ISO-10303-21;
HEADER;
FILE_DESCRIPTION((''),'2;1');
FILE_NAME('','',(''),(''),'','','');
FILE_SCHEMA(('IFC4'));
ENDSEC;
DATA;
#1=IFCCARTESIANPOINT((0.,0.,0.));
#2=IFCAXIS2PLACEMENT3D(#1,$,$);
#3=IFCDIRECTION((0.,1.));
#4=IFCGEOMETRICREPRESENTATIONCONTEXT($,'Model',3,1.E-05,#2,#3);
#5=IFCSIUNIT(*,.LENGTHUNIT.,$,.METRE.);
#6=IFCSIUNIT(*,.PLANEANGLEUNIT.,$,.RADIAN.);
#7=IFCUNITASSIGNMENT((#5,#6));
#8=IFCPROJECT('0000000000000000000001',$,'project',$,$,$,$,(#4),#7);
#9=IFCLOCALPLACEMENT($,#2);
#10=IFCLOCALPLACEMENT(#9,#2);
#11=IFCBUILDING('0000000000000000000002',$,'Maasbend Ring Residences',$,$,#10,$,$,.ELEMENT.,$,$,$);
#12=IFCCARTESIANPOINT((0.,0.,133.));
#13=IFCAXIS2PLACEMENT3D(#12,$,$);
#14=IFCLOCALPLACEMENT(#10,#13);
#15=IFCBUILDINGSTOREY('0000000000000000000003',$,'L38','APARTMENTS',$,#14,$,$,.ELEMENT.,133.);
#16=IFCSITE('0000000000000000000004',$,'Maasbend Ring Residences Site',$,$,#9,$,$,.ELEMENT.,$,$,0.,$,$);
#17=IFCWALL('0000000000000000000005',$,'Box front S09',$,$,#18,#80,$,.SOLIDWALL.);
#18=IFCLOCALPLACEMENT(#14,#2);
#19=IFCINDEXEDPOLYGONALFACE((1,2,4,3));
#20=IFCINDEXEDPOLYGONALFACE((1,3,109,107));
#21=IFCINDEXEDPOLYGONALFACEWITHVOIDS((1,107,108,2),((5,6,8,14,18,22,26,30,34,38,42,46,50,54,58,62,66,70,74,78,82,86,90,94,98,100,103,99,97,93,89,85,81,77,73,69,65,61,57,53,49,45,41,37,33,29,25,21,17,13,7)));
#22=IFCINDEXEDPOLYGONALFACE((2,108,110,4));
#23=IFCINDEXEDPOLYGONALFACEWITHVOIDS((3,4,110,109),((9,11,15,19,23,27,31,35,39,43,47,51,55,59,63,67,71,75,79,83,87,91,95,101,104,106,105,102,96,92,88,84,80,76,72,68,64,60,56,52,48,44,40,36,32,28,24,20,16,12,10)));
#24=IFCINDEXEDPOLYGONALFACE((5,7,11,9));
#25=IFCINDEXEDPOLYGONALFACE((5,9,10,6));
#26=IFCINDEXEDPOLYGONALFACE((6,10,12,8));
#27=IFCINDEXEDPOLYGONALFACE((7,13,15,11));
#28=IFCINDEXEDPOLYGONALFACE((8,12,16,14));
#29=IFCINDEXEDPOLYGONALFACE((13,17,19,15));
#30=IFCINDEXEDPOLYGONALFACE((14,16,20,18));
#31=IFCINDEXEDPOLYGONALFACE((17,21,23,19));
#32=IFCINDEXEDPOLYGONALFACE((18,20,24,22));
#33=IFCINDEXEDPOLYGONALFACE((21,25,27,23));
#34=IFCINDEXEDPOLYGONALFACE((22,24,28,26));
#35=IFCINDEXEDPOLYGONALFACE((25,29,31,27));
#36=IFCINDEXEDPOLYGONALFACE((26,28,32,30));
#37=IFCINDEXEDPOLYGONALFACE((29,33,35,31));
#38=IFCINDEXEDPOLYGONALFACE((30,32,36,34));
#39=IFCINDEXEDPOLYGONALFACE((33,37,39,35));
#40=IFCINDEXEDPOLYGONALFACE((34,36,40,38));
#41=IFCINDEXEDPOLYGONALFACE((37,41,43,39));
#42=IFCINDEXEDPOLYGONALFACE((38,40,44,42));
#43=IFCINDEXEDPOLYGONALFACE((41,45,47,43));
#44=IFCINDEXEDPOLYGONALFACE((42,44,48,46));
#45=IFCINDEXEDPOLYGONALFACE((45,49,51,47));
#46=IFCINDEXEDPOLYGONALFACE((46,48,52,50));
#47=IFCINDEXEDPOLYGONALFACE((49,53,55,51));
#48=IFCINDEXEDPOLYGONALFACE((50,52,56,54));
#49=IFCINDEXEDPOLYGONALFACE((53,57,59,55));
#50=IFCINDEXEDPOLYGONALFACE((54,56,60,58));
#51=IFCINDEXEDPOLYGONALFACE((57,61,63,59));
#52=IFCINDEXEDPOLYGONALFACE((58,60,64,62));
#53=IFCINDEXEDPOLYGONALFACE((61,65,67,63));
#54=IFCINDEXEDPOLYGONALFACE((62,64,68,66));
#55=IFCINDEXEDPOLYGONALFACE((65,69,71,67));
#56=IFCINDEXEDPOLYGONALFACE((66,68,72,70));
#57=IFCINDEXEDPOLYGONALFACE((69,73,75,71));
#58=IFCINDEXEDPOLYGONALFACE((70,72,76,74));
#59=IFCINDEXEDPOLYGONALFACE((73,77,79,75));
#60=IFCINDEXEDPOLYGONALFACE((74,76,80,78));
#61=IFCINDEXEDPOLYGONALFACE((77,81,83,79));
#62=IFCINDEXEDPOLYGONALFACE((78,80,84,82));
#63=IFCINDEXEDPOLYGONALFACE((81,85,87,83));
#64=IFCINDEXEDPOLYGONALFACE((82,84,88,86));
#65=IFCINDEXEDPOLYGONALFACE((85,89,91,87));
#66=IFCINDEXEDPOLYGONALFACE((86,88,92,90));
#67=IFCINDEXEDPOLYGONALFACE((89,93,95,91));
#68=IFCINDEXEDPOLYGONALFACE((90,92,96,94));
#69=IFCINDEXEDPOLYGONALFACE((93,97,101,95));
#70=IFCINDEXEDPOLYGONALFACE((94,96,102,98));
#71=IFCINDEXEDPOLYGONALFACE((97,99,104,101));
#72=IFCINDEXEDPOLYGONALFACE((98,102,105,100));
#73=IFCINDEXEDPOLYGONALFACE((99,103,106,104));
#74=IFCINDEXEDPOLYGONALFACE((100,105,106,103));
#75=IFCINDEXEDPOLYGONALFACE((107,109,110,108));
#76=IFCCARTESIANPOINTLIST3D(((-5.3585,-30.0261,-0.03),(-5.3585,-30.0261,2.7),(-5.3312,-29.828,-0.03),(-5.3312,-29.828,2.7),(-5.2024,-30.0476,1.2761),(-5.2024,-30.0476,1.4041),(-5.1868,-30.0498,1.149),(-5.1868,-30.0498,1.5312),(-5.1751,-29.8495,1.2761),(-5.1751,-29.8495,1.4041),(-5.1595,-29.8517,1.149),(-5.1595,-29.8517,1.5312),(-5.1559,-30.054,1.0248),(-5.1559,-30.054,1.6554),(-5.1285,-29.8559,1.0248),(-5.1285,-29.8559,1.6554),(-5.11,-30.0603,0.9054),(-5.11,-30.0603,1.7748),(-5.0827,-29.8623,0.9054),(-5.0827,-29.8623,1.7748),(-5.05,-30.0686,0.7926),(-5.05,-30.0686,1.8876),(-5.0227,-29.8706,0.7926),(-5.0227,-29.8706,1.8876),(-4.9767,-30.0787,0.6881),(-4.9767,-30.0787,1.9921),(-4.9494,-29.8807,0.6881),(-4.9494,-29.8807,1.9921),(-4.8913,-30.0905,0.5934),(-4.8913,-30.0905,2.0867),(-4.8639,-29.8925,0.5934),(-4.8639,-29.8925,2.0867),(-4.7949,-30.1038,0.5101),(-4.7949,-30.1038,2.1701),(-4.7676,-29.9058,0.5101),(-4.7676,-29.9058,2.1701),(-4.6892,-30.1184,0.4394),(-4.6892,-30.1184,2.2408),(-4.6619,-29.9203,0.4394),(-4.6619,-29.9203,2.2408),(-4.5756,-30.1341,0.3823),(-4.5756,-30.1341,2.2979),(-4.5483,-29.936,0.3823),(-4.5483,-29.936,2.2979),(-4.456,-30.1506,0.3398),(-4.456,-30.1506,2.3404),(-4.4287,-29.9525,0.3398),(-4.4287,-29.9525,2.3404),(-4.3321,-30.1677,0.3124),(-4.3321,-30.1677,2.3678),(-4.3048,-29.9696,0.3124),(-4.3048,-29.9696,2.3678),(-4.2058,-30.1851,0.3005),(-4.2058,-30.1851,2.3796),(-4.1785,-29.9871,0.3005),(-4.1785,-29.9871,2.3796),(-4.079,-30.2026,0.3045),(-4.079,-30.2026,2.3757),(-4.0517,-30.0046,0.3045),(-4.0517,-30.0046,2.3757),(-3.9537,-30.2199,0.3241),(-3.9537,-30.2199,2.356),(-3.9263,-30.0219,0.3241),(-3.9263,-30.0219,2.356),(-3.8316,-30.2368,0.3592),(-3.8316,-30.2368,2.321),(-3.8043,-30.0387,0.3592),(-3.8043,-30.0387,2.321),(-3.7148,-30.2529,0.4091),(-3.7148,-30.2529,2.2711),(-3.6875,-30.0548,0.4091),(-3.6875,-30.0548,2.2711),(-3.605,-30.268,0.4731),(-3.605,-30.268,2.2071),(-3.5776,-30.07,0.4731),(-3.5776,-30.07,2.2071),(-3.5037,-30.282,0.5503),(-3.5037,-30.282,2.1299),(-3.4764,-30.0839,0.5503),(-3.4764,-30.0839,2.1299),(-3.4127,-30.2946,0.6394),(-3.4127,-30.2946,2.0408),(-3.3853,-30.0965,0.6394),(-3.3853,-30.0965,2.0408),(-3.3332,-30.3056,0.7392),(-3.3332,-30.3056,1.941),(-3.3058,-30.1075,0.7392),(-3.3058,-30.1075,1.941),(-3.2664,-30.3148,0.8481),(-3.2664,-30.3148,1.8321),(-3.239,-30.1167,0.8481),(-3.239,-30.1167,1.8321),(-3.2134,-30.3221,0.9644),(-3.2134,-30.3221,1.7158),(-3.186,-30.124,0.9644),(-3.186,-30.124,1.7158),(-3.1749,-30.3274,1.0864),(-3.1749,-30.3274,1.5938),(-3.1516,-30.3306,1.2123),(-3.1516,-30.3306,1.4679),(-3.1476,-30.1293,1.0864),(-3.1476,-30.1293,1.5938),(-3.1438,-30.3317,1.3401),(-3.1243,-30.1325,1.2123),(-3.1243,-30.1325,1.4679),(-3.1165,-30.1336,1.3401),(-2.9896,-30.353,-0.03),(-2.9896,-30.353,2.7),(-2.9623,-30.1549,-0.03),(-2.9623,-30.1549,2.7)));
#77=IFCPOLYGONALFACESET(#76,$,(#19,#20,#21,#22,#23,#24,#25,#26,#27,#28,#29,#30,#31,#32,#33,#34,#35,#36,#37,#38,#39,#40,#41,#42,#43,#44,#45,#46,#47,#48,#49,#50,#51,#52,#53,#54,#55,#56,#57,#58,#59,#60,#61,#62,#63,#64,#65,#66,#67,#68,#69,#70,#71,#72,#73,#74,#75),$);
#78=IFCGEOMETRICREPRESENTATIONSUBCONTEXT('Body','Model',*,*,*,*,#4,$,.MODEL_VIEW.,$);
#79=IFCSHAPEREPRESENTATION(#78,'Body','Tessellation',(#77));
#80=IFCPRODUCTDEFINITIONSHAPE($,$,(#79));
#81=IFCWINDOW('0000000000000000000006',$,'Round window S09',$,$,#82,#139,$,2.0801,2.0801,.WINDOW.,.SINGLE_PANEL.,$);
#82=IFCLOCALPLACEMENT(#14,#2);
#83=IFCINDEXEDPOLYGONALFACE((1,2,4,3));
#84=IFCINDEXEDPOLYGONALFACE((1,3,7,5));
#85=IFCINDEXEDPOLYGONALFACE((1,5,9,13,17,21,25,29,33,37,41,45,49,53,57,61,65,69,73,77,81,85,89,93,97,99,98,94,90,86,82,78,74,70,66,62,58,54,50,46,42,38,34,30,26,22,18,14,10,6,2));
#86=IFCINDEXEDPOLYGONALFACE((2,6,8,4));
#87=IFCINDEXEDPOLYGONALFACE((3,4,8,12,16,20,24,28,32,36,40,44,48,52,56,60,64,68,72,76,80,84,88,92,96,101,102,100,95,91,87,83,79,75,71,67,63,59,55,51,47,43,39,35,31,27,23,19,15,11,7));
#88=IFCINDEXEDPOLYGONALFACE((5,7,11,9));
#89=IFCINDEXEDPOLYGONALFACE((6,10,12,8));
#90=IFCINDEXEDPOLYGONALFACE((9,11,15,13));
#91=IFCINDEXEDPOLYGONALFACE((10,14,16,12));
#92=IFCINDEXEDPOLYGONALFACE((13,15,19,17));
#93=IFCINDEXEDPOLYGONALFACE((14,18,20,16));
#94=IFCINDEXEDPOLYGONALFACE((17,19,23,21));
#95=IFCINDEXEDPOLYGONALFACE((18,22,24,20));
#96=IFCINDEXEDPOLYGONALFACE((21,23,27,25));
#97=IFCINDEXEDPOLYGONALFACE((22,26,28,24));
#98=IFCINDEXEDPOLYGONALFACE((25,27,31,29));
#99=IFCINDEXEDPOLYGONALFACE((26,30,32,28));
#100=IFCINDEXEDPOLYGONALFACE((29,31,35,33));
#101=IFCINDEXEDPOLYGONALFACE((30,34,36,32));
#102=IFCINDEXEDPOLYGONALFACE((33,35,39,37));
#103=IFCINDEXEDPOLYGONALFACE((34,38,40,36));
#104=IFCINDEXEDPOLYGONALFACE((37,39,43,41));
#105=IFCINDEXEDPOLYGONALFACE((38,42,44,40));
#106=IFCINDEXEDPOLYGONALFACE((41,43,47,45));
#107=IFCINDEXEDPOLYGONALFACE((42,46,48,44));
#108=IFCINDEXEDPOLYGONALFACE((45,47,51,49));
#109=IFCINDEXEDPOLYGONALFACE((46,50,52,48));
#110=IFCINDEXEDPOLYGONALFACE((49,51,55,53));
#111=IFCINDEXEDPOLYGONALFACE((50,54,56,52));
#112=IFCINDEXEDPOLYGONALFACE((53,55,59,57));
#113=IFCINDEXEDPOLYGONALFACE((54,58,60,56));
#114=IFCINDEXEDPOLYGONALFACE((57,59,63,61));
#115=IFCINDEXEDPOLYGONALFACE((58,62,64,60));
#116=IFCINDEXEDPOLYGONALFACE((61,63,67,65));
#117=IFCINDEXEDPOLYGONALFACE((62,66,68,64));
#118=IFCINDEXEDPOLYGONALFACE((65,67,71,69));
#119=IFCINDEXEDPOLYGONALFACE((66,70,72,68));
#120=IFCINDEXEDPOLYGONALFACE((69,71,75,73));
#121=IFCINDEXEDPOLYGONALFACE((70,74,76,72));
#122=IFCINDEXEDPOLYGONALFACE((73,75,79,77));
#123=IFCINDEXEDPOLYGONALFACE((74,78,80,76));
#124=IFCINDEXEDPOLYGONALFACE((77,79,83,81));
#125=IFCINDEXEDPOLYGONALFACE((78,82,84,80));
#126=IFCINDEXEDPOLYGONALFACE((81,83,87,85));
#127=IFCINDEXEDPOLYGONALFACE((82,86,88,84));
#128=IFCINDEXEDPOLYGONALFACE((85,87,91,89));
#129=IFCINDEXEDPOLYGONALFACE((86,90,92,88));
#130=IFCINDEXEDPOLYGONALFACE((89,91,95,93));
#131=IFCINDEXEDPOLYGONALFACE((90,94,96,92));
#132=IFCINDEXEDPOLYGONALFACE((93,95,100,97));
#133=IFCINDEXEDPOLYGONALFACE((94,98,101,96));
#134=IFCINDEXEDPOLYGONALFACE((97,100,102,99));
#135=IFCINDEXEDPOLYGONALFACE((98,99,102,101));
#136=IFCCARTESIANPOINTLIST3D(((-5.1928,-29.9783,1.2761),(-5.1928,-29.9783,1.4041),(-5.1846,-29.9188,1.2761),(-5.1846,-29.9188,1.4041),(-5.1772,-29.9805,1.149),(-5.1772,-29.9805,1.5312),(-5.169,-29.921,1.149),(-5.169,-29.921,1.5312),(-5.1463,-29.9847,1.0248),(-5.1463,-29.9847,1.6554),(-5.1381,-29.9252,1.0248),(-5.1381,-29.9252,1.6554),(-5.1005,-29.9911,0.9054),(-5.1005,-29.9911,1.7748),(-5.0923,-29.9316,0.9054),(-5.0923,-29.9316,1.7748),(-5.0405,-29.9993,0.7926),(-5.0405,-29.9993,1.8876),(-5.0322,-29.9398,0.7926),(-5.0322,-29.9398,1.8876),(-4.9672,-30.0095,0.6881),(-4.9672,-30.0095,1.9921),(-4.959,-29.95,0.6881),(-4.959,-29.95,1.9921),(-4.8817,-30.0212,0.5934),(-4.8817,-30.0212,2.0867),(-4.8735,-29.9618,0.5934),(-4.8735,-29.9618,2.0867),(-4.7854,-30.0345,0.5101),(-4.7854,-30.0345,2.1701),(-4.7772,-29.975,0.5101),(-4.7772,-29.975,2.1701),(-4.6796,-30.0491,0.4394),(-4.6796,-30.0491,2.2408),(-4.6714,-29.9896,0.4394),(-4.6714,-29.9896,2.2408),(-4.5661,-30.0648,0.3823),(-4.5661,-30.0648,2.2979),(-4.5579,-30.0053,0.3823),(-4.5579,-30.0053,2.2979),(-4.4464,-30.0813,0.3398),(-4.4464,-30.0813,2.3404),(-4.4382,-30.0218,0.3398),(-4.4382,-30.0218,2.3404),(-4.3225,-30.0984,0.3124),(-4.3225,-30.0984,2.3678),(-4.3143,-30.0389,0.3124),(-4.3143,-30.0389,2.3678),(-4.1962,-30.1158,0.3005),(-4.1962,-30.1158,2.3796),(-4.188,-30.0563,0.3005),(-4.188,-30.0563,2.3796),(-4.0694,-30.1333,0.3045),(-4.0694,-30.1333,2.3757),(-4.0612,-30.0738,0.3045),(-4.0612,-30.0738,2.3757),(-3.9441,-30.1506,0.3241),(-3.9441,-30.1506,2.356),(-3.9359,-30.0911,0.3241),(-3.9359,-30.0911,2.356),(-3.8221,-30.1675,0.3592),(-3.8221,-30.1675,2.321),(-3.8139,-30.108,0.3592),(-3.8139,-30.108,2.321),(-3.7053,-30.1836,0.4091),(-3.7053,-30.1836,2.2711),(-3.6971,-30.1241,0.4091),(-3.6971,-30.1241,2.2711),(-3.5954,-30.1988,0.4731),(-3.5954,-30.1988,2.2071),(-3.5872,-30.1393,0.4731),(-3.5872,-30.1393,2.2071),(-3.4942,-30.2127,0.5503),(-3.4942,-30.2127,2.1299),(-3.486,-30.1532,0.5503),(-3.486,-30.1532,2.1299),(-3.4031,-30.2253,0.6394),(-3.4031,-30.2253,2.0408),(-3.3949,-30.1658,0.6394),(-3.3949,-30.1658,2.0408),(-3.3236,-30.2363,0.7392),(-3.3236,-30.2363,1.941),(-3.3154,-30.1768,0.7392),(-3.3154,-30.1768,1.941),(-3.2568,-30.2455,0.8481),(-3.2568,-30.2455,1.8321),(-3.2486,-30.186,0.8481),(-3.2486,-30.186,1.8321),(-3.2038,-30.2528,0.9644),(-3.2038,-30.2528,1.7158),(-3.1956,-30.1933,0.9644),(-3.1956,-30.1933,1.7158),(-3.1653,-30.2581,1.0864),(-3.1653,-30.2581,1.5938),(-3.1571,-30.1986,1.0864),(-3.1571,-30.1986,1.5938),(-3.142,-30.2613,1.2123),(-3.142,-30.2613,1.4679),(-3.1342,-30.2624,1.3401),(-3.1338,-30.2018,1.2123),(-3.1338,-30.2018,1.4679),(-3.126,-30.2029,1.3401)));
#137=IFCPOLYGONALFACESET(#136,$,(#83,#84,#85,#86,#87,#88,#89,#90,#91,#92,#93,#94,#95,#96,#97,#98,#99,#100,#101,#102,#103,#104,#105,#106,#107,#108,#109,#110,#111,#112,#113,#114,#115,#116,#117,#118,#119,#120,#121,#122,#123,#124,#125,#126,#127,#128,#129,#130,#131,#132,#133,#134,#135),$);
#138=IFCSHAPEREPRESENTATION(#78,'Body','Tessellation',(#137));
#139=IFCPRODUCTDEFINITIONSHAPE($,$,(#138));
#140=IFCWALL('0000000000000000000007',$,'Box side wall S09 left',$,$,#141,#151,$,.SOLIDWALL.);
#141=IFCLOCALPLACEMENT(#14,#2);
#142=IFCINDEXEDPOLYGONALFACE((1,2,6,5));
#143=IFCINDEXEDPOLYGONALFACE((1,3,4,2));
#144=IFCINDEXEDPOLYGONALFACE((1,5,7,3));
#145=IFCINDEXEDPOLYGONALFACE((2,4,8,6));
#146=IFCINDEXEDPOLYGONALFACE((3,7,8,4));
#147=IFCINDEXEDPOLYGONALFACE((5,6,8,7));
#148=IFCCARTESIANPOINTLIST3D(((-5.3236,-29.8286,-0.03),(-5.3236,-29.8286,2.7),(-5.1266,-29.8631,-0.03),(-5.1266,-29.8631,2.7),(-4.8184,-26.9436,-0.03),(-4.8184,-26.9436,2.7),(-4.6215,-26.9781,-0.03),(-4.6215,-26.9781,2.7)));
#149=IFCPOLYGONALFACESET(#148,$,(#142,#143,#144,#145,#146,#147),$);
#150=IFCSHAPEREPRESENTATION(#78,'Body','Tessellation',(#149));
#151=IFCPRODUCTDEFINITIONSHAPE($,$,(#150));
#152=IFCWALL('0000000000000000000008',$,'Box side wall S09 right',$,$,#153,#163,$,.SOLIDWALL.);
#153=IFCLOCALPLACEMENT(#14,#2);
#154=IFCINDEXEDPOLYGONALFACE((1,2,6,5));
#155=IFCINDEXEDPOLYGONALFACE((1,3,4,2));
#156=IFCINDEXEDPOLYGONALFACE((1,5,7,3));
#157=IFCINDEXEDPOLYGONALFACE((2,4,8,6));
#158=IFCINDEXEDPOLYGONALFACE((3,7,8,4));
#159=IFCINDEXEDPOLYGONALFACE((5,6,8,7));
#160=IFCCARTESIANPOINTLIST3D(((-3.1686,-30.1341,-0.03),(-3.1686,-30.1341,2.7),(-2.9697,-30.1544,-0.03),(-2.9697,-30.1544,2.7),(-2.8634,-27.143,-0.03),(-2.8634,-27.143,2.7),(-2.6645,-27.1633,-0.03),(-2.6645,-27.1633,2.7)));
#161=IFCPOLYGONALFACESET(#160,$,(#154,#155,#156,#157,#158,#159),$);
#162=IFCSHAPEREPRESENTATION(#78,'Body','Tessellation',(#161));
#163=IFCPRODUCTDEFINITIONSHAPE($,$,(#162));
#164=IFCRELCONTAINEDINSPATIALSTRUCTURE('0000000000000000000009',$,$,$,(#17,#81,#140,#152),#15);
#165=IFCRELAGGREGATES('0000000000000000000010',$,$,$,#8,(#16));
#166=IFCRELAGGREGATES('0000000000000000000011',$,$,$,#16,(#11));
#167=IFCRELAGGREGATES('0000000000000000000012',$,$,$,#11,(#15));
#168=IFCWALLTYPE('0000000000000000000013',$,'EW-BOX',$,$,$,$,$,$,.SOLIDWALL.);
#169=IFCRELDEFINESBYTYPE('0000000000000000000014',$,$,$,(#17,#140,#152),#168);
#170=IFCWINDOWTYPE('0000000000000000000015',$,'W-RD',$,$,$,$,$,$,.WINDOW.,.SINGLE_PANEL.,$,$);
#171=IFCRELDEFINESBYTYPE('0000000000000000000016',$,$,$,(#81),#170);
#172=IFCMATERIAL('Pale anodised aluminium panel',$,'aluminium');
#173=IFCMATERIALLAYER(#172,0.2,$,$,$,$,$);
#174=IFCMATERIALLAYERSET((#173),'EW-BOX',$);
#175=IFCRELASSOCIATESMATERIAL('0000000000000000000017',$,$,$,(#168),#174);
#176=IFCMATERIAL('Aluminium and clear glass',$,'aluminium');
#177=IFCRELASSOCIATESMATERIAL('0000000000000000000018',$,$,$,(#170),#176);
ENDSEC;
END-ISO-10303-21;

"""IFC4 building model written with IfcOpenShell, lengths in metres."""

from ifc_helpers import new_model, si_unit, direction, frame, frame_2d, origin, place, context, subcontext, project, spatial, rectangle, circle, extrude, material, layer, layer_set, type_object, element, fill, save


model = new_model("IFC4")

# Units and contexts
model_context = context("Model", 3, precision=1e-05, world=origin(), true_north=direction((0.0, 1.0)))
body_context = subcontext(model_context, "Body", "Model", "MODEL_VIEW")
ifc_project = project(units=[si_unit("LENGTHUNIT", "METRE"), si_unit("PLANEANGLEUNIT", "RADIAN")], contexts=[model_context])

# Site, building, storey
site_placement = place(None, origin())
site = spatial("IfcSite", under=ifc_project, at=site_placement, Name="Maasbend Ring Residences Site", CompositionType="ELEMENT", RefElevation=0.0)
building_placement = place(site_placement, origin())
building = spatial("IfcBuilding", under=site, at=building_placement, Name="Maasbend Ring Residences", CompositionType="ELEMENT")
storey_placement = place(building_placement, frame((0.0, 0.0, 133.0)))
storey = spatial("IfcBuildingStorey", under=building, at=storey_placement, Name="L38", Description="APARTMENTS", CompositionType="ELEMENT", Elevation=133.0)

# Shared definitions
ifc_material_1 = material(Name="Pale anodised aluminium panel", Category="aluminium")
ifc_layer_1 = layer(ifc_material_1, 0.2)
ifc_layer_set_1 = layer_set([ifc_layer_1], Name="EW-BOX")
wall_type_1 = type_object("IfcWallType", Name="EW-BOX", PredefinedType="SOLIDWALL", material=ifc_layer_set_1)

# Wall, opening, window
wall_1_placement = place(storey_placement, frame((-5.345, -29.927, -0.03), z_axis=(0.0, 0.0, 1.0), x_axis=(0.990612, -0.136703, 0.0)))
wall_1 = element("IfcWall", 1, at=wall_1_placement, inside=storey, type_object=wall_type_1, Name="Box front S09", PredefinedType="SOLIDWALL", context=body_context, shape_type="SweptSolid", body=[
    extrude(rectangle(XDim=2.3914, YDim=0.2, at=frame_2d((1.1958, 0.0))), origin(), (0.0, 0.0, 1.0), 2.73),
])
opening_1_placement = place(wall_1_placement, frame((0.1558, 0.0, 0.3301)))
opening_1 = element("IfcOpeningElement", 2, at=opening_1_placement, cuts=wall_1, PredefinedType="OPENING", context=body_context, shape_type="SweptSolid", body=[
    extrude(circle(Radius=1.04, at=frame_2d((1.04, 1.04))), frame((0.0, 0.1099, 0.0), z_axis=(0.0, -1.0, 0.0), x_axis=(1.0, 0.0, 0.0)), (0.0, 0.0, 1.0), 0.22),
])
ifc_material_2 = material(Name="Aluminium and clear glass", Category="aluminium")
window_type_1 = type_object("IfcWindowType", Name="W-RD", PartitioningType="SINGLE_PANEL", PredefinedType="WINDOW", material=ifc_material_2)
window_1_placement = place(opening_1_placement, origin())
window_1 = element("IfcWindow", 3, at=window_1_placement, inside=storey, type_object=window_type_1, Name="Round window S09", OverallHeight=2.0801, OverallWidth=2.0801, PartitioningType="SINGLE_PANEL", PredefinedType="WINDOW", context=body_context, shape_type="SweptSolid", body=[
    extrude(circle(Radius=1.04, at=frame_2d((1.04, 1.04))), frame((0.0, 0.03, 0.0), z_axis=(0.0, -1.0, 0.0), x_axis=(1.0, 0.0, 0.0)), (0.0, 0.0, 1.0), 0.0601),
])
fill(opening_1, window_1)

# Walls
wall_2_placement = place(storey_placement, frame((-4.72, -26.9609, -0.03), z_axis=(0.0, 0.0, 1.0), x_axis=(-0.172463, -0.985016, 0.0)))
element("IfcWall", 4, at=wall_2_placement, inside=storey, type_object=wall_type_1, Name="Box side wall S09 left", PredefinedType="SOLIDWALL", context=body_context, shape_type="SweptSolid", body=[
    extrude(rectangle(XDim=2.929, YDim=0.2, at=frame_2d((1.4644, 0.0))), origin(), (0.0, 0.0, 1.0), 2.73),
])
wall_3_placement = place(storey_placement, frame((-2.7639, -27.1531, -0.03), z_axis=(0.0, 0.0, 1.0), x_axis=(-0.101505, -0.994835, 0.0)))
element("IfcWall", 5, at=wall_3_placement, inside=storey, type_object=wall_type_1, Name="Box side wall S09 right", PredefinedType="SOLIDWALL", context=body_context, shape_type="SweptSolid", body=[
    extrude(rectangle(XDim=3.0066, YDim=0.2, at=frame_2d((1.5034, 0.0))), origin(), (0.0, 0.0, 1.0), 2.73),
])

save(model, "model.ifc")
